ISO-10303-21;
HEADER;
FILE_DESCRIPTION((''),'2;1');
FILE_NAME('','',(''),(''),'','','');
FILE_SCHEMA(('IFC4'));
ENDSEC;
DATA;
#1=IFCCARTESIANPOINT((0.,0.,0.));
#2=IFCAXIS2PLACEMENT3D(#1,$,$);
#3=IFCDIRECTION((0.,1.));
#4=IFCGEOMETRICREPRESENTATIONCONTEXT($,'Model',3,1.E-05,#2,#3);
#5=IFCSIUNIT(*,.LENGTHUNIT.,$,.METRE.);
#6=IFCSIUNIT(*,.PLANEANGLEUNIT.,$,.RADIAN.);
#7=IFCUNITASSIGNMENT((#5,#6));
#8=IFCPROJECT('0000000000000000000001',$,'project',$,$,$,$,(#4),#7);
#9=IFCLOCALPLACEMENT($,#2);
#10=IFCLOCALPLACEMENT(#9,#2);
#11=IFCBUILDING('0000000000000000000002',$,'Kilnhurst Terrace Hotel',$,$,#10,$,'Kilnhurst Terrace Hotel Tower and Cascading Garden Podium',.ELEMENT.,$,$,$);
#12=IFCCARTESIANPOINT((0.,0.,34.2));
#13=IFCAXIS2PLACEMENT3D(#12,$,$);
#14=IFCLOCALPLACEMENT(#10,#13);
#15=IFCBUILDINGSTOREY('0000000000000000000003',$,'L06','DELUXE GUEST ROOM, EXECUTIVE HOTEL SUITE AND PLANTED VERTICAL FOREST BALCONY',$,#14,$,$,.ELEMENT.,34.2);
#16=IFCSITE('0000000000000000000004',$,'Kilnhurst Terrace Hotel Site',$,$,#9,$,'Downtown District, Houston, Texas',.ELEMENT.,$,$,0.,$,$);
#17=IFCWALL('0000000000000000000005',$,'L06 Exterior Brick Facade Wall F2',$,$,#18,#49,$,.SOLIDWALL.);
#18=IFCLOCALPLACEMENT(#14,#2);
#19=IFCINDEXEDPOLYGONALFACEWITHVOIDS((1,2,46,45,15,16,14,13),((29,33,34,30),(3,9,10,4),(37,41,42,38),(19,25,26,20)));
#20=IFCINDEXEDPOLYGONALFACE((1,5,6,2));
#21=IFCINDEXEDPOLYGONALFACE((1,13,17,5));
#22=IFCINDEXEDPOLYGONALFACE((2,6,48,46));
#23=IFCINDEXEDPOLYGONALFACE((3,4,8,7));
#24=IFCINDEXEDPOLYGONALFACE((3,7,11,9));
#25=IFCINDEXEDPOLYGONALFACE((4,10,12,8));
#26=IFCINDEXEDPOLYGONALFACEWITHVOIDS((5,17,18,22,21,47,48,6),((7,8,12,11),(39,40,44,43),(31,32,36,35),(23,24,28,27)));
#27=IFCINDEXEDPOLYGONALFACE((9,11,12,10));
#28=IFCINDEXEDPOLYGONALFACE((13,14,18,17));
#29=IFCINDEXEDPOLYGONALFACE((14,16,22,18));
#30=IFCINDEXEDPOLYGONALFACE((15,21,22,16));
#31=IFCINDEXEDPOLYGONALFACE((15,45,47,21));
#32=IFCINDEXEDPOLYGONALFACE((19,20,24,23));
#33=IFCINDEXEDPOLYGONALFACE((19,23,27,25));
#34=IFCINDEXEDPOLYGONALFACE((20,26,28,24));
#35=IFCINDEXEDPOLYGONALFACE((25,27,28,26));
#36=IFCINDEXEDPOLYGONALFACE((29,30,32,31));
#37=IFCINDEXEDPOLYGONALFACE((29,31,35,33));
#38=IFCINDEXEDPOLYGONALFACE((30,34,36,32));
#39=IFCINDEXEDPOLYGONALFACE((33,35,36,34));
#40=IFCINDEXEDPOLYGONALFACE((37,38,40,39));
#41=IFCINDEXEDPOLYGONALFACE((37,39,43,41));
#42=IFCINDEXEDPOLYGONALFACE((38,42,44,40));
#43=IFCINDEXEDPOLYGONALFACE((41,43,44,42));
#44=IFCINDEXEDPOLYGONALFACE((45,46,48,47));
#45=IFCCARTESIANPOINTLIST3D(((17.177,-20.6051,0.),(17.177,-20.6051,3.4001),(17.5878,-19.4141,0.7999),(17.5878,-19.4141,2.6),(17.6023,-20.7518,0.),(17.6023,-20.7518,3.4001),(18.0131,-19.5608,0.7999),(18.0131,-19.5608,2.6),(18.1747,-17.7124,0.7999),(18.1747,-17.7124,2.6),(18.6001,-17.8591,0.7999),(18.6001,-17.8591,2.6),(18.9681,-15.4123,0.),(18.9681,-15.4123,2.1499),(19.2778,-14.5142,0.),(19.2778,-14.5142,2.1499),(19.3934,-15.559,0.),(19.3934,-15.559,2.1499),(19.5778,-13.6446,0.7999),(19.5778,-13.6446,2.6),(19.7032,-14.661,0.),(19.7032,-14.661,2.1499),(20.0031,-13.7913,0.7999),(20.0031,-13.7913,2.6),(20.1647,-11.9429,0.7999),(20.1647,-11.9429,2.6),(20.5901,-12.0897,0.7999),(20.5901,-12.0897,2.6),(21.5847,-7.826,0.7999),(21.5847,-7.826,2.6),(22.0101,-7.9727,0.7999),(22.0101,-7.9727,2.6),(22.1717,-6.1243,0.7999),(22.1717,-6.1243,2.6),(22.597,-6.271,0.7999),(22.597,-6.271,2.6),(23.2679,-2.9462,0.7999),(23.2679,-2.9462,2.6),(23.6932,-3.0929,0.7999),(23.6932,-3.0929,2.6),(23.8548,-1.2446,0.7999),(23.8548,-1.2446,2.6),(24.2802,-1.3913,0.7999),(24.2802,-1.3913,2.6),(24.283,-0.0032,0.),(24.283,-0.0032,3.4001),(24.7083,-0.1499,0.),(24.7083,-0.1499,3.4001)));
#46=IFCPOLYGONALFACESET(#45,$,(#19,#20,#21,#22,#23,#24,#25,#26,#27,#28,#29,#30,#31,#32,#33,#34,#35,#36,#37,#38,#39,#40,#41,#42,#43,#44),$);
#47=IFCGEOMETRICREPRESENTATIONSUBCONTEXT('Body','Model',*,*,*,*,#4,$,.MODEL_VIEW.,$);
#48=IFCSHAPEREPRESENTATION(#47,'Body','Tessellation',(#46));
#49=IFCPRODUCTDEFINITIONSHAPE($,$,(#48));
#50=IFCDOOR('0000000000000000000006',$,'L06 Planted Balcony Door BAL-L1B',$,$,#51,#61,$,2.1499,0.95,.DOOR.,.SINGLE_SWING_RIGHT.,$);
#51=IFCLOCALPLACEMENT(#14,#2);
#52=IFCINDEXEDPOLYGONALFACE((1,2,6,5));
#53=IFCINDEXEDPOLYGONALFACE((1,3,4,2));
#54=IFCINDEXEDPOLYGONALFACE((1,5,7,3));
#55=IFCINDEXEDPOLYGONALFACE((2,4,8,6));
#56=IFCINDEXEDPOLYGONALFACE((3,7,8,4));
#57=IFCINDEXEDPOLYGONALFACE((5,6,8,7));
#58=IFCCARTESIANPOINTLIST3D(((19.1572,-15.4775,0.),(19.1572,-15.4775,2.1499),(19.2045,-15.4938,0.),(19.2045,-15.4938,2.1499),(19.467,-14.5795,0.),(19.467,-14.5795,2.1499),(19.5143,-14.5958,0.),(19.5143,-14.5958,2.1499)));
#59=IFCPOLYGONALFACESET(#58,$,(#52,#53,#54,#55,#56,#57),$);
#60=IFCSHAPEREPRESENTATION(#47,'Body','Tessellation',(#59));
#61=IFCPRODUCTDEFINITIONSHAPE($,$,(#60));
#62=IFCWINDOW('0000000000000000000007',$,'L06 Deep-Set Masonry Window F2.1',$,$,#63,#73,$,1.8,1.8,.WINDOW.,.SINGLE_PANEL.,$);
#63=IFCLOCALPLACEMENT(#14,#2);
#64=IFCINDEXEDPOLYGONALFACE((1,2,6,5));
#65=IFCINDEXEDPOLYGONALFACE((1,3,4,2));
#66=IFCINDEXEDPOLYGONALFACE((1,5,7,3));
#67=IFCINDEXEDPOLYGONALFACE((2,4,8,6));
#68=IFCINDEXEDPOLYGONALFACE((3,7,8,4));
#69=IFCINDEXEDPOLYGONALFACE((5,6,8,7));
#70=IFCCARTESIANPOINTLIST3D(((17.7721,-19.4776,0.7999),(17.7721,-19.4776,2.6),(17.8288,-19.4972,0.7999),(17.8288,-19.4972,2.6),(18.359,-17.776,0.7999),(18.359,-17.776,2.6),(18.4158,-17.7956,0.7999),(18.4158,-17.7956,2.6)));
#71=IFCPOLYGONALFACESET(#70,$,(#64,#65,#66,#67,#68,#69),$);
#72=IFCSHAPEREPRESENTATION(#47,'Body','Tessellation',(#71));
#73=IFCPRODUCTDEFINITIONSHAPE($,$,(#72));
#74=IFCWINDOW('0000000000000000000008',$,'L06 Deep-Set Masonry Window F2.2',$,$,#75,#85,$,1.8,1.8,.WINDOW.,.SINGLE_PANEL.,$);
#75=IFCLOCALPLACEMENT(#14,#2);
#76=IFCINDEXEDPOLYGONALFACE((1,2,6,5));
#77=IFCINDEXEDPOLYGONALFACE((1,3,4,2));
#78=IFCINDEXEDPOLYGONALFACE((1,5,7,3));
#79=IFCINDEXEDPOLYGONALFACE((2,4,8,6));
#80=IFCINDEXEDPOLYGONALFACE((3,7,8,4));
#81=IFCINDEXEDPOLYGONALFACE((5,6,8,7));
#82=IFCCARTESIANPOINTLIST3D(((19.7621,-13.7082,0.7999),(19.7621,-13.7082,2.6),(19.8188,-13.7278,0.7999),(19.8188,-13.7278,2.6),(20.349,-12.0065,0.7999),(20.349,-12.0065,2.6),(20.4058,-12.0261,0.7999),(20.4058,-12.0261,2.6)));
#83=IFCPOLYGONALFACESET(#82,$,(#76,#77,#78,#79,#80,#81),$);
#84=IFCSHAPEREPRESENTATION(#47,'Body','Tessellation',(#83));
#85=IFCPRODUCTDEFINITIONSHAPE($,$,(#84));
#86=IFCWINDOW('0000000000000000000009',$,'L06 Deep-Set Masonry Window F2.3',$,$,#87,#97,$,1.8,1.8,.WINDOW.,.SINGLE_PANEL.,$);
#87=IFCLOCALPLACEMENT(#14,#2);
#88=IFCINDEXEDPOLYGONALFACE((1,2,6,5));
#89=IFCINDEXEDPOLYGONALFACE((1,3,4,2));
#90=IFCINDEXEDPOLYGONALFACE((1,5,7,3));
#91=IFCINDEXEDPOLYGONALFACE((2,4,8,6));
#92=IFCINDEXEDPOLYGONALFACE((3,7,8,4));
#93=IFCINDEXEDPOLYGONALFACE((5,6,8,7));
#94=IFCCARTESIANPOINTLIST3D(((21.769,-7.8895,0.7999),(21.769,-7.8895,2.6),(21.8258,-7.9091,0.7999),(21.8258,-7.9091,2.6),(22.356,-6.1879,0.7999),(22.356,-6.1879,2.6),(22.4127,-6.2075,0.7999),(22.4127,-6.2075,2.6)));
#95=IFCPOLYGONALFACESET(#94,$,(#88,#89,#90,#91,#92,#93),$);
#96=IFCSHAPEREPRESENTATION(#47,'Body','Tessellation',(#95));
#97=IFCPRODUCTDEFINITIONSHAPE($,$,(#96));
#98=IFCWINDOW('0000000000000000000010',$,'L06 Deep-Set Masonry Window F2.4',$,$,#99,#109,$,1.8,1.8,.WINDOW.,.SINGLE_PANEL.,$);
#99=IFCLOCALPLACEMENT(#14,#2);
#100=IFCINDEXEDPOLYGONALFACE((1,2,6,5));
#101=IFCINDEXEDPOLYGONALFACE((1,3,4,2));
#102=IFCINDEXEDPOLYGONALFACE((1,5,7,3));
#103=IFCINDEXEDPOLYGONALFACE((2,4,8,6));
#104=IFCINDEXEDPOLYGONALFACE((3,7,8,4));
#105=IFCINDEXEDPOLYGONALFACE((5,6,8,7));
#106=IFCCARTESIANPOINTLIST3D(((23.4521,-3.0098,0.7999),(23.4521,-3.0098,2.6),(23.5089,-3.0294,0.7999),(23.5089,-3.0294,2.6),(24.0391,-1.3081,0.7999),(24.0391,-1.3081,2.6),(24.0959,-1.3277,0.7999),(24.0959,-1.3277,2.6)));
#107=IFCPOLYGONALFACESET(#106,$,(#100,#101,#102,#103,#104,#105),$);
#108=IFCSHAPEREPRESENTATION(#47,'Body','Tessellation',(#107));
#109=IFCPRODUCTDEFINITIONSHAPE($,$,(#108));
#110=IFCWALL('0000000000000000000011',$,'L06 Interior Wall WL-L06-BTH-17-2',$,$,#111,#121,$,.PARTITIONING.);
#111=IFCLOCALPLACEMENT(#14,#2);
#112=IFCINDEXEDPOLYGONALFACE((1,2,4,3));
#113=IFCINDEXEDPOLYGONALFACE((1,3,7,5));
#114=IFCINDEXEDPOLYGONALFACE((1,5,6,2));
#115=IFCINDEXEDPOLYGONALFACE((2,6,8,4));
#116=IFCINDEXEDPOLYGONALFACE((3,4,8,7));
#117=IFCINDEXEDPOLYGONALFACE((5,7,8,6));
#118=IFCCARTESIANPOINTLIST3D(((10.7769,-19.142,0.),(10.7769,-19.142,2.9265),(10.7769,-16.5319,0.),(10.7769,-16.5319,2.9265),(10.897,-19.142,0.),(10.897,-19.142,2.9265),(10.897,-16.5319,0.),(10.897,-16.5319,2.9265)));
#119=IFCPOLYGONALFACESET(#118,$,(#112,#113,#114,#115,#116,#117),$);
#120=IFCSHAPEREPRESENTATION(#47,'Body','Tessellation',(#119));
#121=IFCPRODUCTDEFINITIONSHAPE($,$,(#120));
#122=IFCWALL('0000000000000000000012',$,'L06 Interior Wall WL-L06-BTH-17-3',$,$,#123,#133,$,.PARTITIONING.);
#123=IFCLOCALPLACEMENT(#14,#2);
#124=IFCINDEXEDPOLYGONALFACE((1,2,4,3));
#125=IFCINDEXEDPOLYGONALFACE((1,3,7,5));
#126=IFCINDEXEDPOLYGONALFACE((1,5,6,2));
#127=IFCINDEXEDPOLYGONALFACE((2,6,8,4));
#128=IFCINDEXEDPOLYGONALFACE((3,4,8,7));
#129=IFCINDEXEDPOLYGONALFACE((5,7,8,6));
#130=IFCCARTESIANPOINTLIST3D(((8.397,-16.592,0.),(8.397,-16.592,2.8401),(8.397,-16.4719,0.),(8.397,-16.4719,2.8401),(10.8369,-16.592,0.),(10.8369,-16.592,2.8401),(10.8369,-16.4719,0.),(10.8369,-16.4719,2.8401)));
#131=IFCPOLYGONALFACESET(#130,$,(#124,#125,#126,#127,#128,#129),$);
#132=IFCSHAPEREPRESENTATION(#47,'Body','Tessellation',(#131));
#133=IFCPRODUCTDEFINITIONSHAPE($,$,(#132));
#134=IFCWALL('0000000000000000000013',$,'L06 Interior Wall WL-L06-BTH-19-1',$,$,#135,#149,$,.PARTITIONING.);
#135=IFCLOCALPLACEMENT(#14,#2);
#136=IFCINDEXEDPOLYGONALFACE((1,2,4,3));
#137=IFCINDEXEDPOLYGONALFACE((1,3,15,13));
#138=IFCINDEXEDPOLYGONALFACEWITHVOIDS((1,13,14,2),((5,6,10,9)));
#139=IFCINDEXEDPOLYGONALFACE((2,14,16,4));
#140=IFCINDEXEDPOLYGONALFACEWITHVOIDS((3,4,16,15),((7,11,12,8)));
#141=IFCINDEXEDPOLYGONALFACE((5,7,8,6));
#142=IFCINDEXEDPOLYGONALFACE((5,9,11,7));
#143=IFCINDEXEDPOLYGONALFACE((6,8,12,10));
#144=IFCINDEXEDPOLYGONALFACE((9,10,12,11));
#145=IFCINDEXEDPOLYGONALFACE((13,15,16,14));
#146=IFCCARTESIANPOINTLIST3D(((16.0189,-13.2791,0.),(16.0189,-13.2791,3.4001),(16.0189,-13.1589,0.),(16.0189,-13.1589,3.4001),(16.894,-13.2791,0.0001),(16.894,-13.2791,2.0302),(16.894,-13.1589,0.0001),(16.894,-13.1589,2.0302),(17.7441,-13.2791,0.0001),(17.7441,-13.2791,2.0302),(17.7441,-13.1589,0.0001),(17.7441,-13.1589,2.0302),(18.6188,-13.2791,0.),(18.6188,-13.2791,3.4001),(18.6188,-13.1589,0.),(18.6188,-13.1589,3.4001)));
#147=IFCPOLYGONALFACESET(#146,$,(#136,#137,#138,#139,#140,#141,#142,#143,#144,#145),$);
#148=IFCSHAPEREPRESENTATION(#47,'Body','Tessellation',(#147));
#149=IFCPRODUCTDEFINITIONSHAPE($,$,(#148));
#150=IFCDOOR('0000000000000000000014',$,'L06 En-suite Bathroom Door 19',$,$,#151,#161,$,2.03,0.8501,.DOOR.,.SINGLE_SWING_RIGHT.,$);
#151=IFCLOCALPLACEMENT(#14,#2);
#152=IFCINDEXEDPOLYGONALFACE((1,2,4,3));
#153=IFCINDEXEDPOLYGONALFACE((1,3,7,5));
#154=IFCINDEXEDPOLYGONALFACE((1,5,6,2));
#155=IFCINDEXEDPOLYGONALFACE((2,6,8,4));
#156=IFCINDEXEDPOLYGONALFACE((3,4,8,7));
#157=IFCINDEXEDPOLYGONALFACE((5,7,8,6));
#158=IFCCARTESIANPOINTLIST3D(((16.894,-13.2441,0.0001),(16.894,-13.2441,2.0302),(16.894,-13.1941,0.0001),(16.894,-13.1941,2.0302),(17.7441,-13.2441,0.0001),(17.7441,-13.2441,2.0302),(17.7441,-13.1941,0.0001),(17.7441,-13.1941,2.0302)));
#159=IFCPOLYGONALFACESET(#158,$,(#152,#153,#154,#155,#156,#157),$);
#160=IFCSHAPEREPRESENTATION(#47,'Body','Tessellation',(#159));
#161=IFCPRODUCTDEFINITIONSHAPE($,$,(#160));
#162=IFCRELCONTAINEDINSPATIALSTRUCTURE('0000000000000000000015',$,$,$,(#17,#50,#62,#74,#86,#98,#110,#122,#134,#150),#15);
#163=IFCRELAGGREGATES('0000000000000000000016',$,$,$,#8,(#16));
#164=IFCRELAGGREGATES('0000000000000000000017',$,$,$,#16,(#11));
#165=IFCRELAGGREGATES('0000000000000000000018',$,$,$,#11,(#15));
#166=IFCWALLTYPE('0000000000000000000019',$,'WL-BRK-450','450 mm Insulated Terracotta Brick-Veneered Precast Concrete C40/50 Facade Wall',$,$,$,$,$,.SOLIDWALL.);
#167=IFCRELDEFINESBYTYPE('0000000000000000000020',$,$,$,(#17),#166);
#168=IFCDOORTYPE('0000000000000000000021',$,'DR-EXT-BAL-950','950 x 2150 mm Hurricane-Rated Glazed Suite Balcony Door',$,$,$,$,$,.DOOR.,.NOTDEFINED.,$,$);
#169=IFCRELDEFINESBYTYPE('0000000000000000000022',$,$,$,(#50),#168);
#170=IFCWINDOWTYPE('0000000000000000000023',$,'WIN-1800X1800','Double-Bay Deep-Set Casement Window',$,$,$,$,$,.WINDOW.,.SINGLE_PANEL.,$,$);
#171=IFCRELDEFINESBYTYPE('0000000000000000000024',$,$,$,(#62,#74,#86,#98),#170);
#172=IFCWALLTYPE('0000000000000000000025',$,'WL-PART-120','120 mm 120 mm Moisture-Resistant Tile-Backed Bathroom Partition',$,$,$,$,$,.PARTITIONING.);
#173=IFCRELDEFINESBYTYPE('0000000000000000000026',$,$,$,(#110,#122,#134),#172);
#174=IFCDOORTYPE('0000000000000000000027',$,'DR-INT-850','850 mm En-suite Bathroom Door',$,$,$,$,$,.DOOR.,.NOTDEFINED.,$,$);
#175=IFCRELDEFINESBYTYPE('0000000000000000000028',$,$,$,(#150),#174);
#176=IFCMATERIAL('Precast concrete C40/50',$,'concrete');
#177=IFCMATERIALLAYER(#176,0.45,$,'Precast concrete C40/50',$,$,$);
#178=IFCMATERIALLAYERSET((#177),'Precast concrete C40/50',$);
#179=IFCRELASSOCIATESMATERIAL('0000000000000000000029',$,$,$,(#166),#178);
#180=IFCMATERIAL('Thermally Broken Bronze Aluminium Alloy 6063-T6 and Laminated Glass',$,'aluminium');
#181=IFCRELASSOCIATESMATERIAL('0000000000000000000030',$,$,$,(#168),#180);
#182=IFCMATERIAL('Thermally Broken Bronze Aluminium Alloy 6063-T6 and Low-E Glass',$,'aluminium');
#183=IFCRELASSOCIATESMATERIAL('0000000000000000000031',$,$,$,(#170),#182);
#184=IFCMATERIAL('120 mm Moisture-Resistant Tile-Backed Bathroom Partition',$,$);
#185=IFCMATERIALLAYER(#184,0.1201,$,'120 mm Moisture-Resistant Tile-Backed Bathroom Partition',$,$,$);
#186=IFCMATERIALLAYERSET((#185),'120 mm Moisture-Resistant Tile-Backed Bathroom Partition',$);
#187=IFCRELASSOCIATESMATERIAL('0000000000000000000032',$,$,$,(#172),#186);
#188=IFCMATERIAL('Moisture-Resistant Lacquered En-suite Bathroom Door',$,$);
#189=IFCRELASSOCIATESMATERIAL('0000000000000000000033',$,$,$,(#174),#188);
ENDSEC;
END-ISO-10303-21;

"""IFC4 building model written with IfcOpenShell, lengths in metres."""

from ifc_helpers import new_model, si_unit, direction, frame, frame_2d, origin, place, context, subcontext, project, spatial, rectangle, extrude, material, layer, layer_set, type_object, element, fill, save


model = new_model("IFC4")

# Units and contexts
model_context = context("Model", 3, precision=1e-05, world=origin(), true_north=direction((0.0, 1.0)))
body_context = subcontext(model_context, "Body", "Model", "MODEL_VIEW")
ifc_project = project(units=[si_unit("LENGTHUNIT", "METRE"), si_unit("PLANEANGLEUNIT", "RADIAN")], contexts=[model_context])

# Site, building, storey
site_placement = place(None, origin())
site = spatial("IfcSite", under=ifc_project, at=site_placement, Name="Kilnhurst Terrace Hotel Site", LongName="Downtown District, Houston, Texas", CompositionType="ELEMENT", RefElevation=0.0)
building_placement = place(site_placement, origin())
building = spatial("IfcBuilding", under=site, at=building_placement, Name="Kilnhurst Terrace Hotel", LongName="Kilnhurst Terrace Hotel Tower and Cascading Garden Podium", CompositionType="ELEMENT")
storey_placement = place(building_placement, frame((0.0, 0.0, 34.2)))
storey = spatial("IfcBuildingStorey", under=building, at=storey_placement, Name="L06", Description="DELUXE GUEST ROOM, EXECUTIVE HOTEL SUITE AND PLANTED VERTICAL FOREST BALCONY", CompositionType="ELEMENT", Elevation=34.2)

# Shared definitions
ifc_material_1 = material(Name="Precast concrete C40/50", Category="concrete")
ifc_layer_1 = layer(ifc_material_1, 0.45, Name="Precast concrete C40/50")
ifc_layer_set_1 = layer_set([ifc_layer_1], Name="Precast concrete C40/50")
wall_type_1 = type_object("IfcWallType", Name="WL-BRK-450", Description="450 mm Insulated Terracotta Brick-Veneered Precast Concrete C40/50 Facade Wall", PredefinedType="SOLIDWALL", material=ifc_layer_set_1)

# Wall, openings, door, windows
wall_1_placement = place(storey_placement, frame((17.3896, -20.6785, 0.0), z_axis=(0.0, 0.0, 1.0), x_axis=(0.326068, 0.945346, 0.0)))
wall_1 = element("IfcWall", 1, at=wall_1_placement, inside=storey, type_object=wall_type_1, Name="L06 Exterior Brick Facade Wall F2", PredefinedType="SOLIDWALL", context=body_context, shape_type="SweptSolid", body=[
    extrude(rectangle(XDim=21.793, YDim=0.45, at=frame_2d((10.8965, 0.0))), origin(), (0.0, 0.0, 1.0), 3.4001),
])
opening_1_placement = place(wall_1_placement, frame((5.4929, 0.0, 0.0)))
opening_1 = element("IfcOpeningElement", 2, at=opening_1_placement, cuts=wall_1, PredefinedType="OPENING", context=body_context, shape_type="SweptSolid", body=[
    extrude(rectangle(XDim=0.95, YDim=2.1499, at=frame_2d((0.4751, 1.075))), frame((0.0, 0.2349, 0.0), z_axis=(0.0, -1.0, 0.0), x_axis=(1.0, 0.0, 0.0)), (0.0, 0.0, 1.0), 0.47),
])
opening_2_placement = place(wall_1_placement, frame((1.26, 0.0, 0.8)))
opening_2 = element("IfcOpeningElement", 3, at=opening_2_placement, cuts=wall_1, PredefinedType="OPENING", context=body_context, shape_type="SweptSolid", body=[
    extrude(rectangle(XDim=1.8, YDim=1.8, at=frame_2d((0.8999, 0.8999))), frame((0.0, 0.2349, 0.0), z_axis=(0.0, -1.0, 0.0), x_axis=(1.0, 0.0, 0.0)), (0.0, 0.0, 1.0), 0.47),
])
opening_3_placement = place(wall_1_placement, frame((7.363, 0.0, 0.8)))
opening_3 = element("IfcOpeningElement", 4, at=opening_3_placement, cuts=wall_1, PredefinedType="OPENING", context=body_context, shape_type="SweptSolid", body=[
    extrude(rectangle(XDim=1.8, YDim=1.8, at=frame_2d((0.8999, 0.8999))), frame((0.0, 0.2349, 0.0), z_axis=(0.0, -1.0, 0.0), x_axis=(1.0, 0.0, 0.0)), (0.0, 0.0, 1.0), 0.47),
])
opening_4_placement = place(wall_1_placement, frame((13.5181, 0.0, 0.8)))
opening_4 = element("IfcOpeningElement", 5, at=opening_4_placement, cuts=wall_1, PredefinedType="OPENING", context=body_context, shape_type="SweptSolid", body=[
    extrude(rectangle(XDim=1.8, YDim=1.8, at=frame_2d((0.8999, 0.8999))), frame((0.0, 0.2349, 0.0), z_axis=(0.0, -1.0, 0.0), x_axis=(1.0, 0.0, 0.0)), (0.0, 0.0, 1.0), 0.47),
])
opening_5_placement = place(wall_1_placement, frame((18.6799, 0.0, 0.8)))
opening_5 = element("IfcOpeningElement", 6, at=opening_5_placement, cuts=wall_1, PredefinedType="OPENING", context=body_context, shape_type="SweptSolid", body=[
    extrude(rectangle(XDim=1.8, YDim=1.8, at=frame_2d((0.8999, 0.8999))), frame((0.0, 0.2349, 0.0), z_axis=(0.0, -1.0, 0.0), x_axis=(1.0, 0.0, 0.0)), (0.0, 0.0, 1.0), 0.47),
])
ifc_material_2 = material(Name="Thermally Broken Bronze Aluminium Alloy 6063-T6 and Laminated Glass", Category="aluminium")
door_type_1 = type_object("IfcDoorType", Name="DR-EXT-BAL-950", Description="950 x 2150 mm Hurricane-Rated Glazed Suite Balcony Door", OperationType="NOTDEFINED", PredefinedType="DOOR", material=ifc_material_2)
door_1_placement = place(opening_1_placement, origin())
door_1 = element("IfcDoor", 7, at=door_1_placement, inside=storey, type_object=door_type_1, Name="L06 Planted Balcony Door BAL-L1B", OperationType="SINGLE_SWING_RIGHT", OverallHeight=2.1499, OverallWidth=0.95, PredefinedType="DOOR", context=body_context, shape_type="SweptSolid", body=[
    extrude(rectangle(XDim=0.95, YDim=2.1499, at=frame_2d((0.4751, 1.075))), frame((0.0, 0.0249, 0.0), z_axis=(0.0, -1.0, 0.0), x_axis=(1.0, 0.0, 0.0)), (0.0, 0.0, 1.0), 0.05),
])
fill(opening_1, door_1)
ifc_material_3 = material(Name="Thermally Broken Bronze Aluminium Alloy 6063-T6 and Low-E Glass", Category="aluminium")
window_type = type_object("IfcWindowType", Name="WIN-1800X1800", Description="Double-Bay Deep-Set Casement Window", PartitioningType="SINGLE_PANEL", PredefinedType="WINDOW", material=ifc_material_3)
window_1_placement = place(opening_2_placement, origin())
window_1 = element("IfcWindow", 8, at=window_1_placement, inside=storey, type_object=window_type, Name="L06 Deep-Set Masonry Window F2.1", OverallHeight=1.8, OverallWidth=1.8, PartitioningType="SINGLE_PANEL", PredefinedType="WINDOW", context=body_context, shape_type="SweptSolid", body=[
    extrude(rectangle(XDim=1.8, YDim=1.8, at=frame_2d((0.8999, 0.8999))), frame((0.0, 0.03, 0.0), z_axis=(0.0, -1.0, 0.0), x_axis=(1.0, 0.0, 0.0)), (0.0, 0.0, 1.0), 0.0601),
])
fill(opening_2, window_1)
window_2_placement = place(opening_3_placement, origin())
window_2 = element("IfcWindow", 9, at=window_2_placement, inside=storey, type_object=window_type, Name="L06 Deep-Set Masonry Window F2.2", OverallHeight=1.8, OverallWidth=1.8, PartitioningType="SINGLE_PANEL", PredefinedType="WINDOW", context=body_context, shape_type="SweptSolid", body=[
    extrude(rectangle(XDim=1.8, YDim=1.8, at=frame_2d((0.8999, 0.8999))), frame((0.0, 0.03, 0.0), z_axis=(0.0, -1.0, 0.0), x_axis=(1.0, 0.0, 0.0)), (0.0, 0.0, 1.0), 0.0601),
])
fill(opening_3, window_2)
window_3_placement = place(opening_4_placement, origin())
window_3 = element("IfcWindow", 10, at=window_3_placement, inside=storey, type_object=window_type, Name="L06 Deep-Set Masonry Window F2.3", OverallHeight=1.8, OverallWidth=1.8, PartitioningType="SINGLE_PANEL", PredefinedType="WINDOW", context=body_context, shape_type="SweptSolid", body=[
    extrude(rectangle(XDim=1.8, YDim=1.8, at=frame_2d((0.8999, 0.8999))), frame((0.0, 0.03, 0.0), z_axis=(0.0, -1.0, 0.0), x_axis=(1.0, 0.0, 0.0)), (0.0, 0.0, 1.0), 0.0601),
])
fill(opening_4, window_3)
window_4_placement = place(opening_5_placement, origin())
window_4 = element("IfcWindow", 11, at=window_4_placement, inside=storey, type_object=window_type, Name="L06 Deep-Set Masonry Window F2.4", OverallHeight=1.8, OverallWidth=1.8, PartitioningType="SINGLE_PANEL", PredefinedType="WINDOW", context=body_context, shape_type="SweptSolid", body=[
    extrude(rectangle(XDim=1.8, YDim=1.8, at=frame_2d((0.8999, 0.8999))), frame((0.0, 0.03, 0.0), z_axis=(0.0, -1.0, 0.0), x_axis=(1.0, 0.0, 0.0)), (0.0, 0.0, 1.0), 0.0601),
])
fill(opening_5, window_4)

# Walls
ifc_material_4 = material(Name="120 mm Moisture-Resistant Tile-Backed Bathroom Partition")
ifc_layer_2 = layer(ifc_material_4, 0.1201, Name="120 mm Moisture-Resistant Tile-Backed Bathroom Partition")
ifc_layer_set_2 = layer_set([ifc_layer_2], Name="120 mm Moisture-Resistant Tile-Backed Bathroom Partition")
wall_type_2 = type_object("IfcWallType", Name="WL-PART-120", Description="120 mm 120 mm Moisture-Resistant Tile-Backed Bathroom Partition", PredefinedType="PARTITIONING", material=ifc_layer_set_2)
wall_2_placement = place(storey_placement, frame((10.8369, -19.1421, 0.0), z_axis=(0.0, 0.0, 1.0), x_axis=(0.0, 1.0, 0.0)))
element("IfcWall", 12, at=wall_2_placement, inside=storey, type_object=wall_type_2, Name="L06 Interior Wall WL-L06-BTH-17-2", PredefinedType="PARTITIONING", context=body_context, shape_type="SweptSolid", body=[
    extrude(rectangle(XDim=2.6101, YDim=0.1201, at=frame_2d((1.3052, 0.0))), origin(), (0.0, 0.0, 1.0), 2.9265),
])
wall_3_placement = place(storey_placement, frame((10.8369, -16.532, 0.0), z_axis=(0.0, 0.0, 1.0), x_axis=(-1.0, 0.0, 0.0)))
element("IfcWall", 13, at=wall_3_placement, inside=storey, type_object=wall_type_2, Name="L06 Interior Wall WL-L06-BTH-17-3", PredefinedType="PARTITIONING", context=body_context, shape_type="SweptSolid", body=[
    extrude(rectangle(XDim=2.4399, YDim=0.1201, at=frame_2d((1.22, 0.0))), origin(), (0.0, 0.0, 1.0), 2.8401),
])

# Wall, opening, door
wall_4_placement = place(storey_placement, frame((16.019, -13.219, 0.0), z_axis=(0.0, 0.0, 1.0), x_axis=(1.0, 0.0, 0.0)))
wall_4 = element("IfcWall", 14, at=wall_4_placement, inside=storey, type_object=wall_type_2, Name="L06 Interior Wall WL-L06-BTH-19-1", PredefinedType="PARTITIONING", context=body_context, shape_type="SweptSolid", body=[
    extrude(rectangle(XDim=2.5999, YDim=0.1201, at=frame_2d((1.2998, 0.0))), origin(), (0.0, 0.0, 1.0), 3.4001),
])
opening_6_placement = place(wall_4_placement, frame((0.875, 0.0, 0.0)))
opening_6 = element("IfcOpeningElement", 15, at=opening_6_placement, cuts=wall_4, PredefinedType="OPENING", context=body_context, shape_type="SweptSolid", body=[
    extrude(rectangle(XDim=0.8501, YDim=2.03, at=frame_2d((0.425, 1.0151))), frame((0.0, 0.0701, 0.0), z_axis=(0.0, -1.0, 0.0), x_axis=(1.0, 0.0, 0.0)), (0.0, 0.0, 1.0), 0.1401),
])
ifc_material_5 = material(Name="Moisture-Resistant Lacquered En-suite Bathroom Door")
door_type_2 = type_object("IfcDoorType", Name="DR-INT-850", Description="850 mm En-suite Bathroom Door", OperationType="NOTDEFINED", PredefinedType="DOOR", material=ifc_material_5)
door_2_placement = place(opening_6_placement, origin())
door_2 = element("IfcDoor", 16, at=door_2_placement, inside=storey, type_object=door_type_2, Name="L06 En-suite Bathroom Door 19", OperationType="SINGLE_SWING_RIGHT", OverallHeight=2.03, OverallWidth=0.8501, PredefinedType="DOOR", context=body_context, shape_type="SweptSolid", body=[
    extrude(rectangle(XDim=0.8501, YDim=2.03, at=frame_2d((0.425, 1.0151))), frame((0.0, 0.0249, 0.0), z_axis=(0.0, -1.0, 0.0), x_axis=(1.0, 0.0, 0.0)), (0.0, 0.0, 1.0), 0.05),
])
fill(opening_6, door_2)

save(model, "model.ifc")
